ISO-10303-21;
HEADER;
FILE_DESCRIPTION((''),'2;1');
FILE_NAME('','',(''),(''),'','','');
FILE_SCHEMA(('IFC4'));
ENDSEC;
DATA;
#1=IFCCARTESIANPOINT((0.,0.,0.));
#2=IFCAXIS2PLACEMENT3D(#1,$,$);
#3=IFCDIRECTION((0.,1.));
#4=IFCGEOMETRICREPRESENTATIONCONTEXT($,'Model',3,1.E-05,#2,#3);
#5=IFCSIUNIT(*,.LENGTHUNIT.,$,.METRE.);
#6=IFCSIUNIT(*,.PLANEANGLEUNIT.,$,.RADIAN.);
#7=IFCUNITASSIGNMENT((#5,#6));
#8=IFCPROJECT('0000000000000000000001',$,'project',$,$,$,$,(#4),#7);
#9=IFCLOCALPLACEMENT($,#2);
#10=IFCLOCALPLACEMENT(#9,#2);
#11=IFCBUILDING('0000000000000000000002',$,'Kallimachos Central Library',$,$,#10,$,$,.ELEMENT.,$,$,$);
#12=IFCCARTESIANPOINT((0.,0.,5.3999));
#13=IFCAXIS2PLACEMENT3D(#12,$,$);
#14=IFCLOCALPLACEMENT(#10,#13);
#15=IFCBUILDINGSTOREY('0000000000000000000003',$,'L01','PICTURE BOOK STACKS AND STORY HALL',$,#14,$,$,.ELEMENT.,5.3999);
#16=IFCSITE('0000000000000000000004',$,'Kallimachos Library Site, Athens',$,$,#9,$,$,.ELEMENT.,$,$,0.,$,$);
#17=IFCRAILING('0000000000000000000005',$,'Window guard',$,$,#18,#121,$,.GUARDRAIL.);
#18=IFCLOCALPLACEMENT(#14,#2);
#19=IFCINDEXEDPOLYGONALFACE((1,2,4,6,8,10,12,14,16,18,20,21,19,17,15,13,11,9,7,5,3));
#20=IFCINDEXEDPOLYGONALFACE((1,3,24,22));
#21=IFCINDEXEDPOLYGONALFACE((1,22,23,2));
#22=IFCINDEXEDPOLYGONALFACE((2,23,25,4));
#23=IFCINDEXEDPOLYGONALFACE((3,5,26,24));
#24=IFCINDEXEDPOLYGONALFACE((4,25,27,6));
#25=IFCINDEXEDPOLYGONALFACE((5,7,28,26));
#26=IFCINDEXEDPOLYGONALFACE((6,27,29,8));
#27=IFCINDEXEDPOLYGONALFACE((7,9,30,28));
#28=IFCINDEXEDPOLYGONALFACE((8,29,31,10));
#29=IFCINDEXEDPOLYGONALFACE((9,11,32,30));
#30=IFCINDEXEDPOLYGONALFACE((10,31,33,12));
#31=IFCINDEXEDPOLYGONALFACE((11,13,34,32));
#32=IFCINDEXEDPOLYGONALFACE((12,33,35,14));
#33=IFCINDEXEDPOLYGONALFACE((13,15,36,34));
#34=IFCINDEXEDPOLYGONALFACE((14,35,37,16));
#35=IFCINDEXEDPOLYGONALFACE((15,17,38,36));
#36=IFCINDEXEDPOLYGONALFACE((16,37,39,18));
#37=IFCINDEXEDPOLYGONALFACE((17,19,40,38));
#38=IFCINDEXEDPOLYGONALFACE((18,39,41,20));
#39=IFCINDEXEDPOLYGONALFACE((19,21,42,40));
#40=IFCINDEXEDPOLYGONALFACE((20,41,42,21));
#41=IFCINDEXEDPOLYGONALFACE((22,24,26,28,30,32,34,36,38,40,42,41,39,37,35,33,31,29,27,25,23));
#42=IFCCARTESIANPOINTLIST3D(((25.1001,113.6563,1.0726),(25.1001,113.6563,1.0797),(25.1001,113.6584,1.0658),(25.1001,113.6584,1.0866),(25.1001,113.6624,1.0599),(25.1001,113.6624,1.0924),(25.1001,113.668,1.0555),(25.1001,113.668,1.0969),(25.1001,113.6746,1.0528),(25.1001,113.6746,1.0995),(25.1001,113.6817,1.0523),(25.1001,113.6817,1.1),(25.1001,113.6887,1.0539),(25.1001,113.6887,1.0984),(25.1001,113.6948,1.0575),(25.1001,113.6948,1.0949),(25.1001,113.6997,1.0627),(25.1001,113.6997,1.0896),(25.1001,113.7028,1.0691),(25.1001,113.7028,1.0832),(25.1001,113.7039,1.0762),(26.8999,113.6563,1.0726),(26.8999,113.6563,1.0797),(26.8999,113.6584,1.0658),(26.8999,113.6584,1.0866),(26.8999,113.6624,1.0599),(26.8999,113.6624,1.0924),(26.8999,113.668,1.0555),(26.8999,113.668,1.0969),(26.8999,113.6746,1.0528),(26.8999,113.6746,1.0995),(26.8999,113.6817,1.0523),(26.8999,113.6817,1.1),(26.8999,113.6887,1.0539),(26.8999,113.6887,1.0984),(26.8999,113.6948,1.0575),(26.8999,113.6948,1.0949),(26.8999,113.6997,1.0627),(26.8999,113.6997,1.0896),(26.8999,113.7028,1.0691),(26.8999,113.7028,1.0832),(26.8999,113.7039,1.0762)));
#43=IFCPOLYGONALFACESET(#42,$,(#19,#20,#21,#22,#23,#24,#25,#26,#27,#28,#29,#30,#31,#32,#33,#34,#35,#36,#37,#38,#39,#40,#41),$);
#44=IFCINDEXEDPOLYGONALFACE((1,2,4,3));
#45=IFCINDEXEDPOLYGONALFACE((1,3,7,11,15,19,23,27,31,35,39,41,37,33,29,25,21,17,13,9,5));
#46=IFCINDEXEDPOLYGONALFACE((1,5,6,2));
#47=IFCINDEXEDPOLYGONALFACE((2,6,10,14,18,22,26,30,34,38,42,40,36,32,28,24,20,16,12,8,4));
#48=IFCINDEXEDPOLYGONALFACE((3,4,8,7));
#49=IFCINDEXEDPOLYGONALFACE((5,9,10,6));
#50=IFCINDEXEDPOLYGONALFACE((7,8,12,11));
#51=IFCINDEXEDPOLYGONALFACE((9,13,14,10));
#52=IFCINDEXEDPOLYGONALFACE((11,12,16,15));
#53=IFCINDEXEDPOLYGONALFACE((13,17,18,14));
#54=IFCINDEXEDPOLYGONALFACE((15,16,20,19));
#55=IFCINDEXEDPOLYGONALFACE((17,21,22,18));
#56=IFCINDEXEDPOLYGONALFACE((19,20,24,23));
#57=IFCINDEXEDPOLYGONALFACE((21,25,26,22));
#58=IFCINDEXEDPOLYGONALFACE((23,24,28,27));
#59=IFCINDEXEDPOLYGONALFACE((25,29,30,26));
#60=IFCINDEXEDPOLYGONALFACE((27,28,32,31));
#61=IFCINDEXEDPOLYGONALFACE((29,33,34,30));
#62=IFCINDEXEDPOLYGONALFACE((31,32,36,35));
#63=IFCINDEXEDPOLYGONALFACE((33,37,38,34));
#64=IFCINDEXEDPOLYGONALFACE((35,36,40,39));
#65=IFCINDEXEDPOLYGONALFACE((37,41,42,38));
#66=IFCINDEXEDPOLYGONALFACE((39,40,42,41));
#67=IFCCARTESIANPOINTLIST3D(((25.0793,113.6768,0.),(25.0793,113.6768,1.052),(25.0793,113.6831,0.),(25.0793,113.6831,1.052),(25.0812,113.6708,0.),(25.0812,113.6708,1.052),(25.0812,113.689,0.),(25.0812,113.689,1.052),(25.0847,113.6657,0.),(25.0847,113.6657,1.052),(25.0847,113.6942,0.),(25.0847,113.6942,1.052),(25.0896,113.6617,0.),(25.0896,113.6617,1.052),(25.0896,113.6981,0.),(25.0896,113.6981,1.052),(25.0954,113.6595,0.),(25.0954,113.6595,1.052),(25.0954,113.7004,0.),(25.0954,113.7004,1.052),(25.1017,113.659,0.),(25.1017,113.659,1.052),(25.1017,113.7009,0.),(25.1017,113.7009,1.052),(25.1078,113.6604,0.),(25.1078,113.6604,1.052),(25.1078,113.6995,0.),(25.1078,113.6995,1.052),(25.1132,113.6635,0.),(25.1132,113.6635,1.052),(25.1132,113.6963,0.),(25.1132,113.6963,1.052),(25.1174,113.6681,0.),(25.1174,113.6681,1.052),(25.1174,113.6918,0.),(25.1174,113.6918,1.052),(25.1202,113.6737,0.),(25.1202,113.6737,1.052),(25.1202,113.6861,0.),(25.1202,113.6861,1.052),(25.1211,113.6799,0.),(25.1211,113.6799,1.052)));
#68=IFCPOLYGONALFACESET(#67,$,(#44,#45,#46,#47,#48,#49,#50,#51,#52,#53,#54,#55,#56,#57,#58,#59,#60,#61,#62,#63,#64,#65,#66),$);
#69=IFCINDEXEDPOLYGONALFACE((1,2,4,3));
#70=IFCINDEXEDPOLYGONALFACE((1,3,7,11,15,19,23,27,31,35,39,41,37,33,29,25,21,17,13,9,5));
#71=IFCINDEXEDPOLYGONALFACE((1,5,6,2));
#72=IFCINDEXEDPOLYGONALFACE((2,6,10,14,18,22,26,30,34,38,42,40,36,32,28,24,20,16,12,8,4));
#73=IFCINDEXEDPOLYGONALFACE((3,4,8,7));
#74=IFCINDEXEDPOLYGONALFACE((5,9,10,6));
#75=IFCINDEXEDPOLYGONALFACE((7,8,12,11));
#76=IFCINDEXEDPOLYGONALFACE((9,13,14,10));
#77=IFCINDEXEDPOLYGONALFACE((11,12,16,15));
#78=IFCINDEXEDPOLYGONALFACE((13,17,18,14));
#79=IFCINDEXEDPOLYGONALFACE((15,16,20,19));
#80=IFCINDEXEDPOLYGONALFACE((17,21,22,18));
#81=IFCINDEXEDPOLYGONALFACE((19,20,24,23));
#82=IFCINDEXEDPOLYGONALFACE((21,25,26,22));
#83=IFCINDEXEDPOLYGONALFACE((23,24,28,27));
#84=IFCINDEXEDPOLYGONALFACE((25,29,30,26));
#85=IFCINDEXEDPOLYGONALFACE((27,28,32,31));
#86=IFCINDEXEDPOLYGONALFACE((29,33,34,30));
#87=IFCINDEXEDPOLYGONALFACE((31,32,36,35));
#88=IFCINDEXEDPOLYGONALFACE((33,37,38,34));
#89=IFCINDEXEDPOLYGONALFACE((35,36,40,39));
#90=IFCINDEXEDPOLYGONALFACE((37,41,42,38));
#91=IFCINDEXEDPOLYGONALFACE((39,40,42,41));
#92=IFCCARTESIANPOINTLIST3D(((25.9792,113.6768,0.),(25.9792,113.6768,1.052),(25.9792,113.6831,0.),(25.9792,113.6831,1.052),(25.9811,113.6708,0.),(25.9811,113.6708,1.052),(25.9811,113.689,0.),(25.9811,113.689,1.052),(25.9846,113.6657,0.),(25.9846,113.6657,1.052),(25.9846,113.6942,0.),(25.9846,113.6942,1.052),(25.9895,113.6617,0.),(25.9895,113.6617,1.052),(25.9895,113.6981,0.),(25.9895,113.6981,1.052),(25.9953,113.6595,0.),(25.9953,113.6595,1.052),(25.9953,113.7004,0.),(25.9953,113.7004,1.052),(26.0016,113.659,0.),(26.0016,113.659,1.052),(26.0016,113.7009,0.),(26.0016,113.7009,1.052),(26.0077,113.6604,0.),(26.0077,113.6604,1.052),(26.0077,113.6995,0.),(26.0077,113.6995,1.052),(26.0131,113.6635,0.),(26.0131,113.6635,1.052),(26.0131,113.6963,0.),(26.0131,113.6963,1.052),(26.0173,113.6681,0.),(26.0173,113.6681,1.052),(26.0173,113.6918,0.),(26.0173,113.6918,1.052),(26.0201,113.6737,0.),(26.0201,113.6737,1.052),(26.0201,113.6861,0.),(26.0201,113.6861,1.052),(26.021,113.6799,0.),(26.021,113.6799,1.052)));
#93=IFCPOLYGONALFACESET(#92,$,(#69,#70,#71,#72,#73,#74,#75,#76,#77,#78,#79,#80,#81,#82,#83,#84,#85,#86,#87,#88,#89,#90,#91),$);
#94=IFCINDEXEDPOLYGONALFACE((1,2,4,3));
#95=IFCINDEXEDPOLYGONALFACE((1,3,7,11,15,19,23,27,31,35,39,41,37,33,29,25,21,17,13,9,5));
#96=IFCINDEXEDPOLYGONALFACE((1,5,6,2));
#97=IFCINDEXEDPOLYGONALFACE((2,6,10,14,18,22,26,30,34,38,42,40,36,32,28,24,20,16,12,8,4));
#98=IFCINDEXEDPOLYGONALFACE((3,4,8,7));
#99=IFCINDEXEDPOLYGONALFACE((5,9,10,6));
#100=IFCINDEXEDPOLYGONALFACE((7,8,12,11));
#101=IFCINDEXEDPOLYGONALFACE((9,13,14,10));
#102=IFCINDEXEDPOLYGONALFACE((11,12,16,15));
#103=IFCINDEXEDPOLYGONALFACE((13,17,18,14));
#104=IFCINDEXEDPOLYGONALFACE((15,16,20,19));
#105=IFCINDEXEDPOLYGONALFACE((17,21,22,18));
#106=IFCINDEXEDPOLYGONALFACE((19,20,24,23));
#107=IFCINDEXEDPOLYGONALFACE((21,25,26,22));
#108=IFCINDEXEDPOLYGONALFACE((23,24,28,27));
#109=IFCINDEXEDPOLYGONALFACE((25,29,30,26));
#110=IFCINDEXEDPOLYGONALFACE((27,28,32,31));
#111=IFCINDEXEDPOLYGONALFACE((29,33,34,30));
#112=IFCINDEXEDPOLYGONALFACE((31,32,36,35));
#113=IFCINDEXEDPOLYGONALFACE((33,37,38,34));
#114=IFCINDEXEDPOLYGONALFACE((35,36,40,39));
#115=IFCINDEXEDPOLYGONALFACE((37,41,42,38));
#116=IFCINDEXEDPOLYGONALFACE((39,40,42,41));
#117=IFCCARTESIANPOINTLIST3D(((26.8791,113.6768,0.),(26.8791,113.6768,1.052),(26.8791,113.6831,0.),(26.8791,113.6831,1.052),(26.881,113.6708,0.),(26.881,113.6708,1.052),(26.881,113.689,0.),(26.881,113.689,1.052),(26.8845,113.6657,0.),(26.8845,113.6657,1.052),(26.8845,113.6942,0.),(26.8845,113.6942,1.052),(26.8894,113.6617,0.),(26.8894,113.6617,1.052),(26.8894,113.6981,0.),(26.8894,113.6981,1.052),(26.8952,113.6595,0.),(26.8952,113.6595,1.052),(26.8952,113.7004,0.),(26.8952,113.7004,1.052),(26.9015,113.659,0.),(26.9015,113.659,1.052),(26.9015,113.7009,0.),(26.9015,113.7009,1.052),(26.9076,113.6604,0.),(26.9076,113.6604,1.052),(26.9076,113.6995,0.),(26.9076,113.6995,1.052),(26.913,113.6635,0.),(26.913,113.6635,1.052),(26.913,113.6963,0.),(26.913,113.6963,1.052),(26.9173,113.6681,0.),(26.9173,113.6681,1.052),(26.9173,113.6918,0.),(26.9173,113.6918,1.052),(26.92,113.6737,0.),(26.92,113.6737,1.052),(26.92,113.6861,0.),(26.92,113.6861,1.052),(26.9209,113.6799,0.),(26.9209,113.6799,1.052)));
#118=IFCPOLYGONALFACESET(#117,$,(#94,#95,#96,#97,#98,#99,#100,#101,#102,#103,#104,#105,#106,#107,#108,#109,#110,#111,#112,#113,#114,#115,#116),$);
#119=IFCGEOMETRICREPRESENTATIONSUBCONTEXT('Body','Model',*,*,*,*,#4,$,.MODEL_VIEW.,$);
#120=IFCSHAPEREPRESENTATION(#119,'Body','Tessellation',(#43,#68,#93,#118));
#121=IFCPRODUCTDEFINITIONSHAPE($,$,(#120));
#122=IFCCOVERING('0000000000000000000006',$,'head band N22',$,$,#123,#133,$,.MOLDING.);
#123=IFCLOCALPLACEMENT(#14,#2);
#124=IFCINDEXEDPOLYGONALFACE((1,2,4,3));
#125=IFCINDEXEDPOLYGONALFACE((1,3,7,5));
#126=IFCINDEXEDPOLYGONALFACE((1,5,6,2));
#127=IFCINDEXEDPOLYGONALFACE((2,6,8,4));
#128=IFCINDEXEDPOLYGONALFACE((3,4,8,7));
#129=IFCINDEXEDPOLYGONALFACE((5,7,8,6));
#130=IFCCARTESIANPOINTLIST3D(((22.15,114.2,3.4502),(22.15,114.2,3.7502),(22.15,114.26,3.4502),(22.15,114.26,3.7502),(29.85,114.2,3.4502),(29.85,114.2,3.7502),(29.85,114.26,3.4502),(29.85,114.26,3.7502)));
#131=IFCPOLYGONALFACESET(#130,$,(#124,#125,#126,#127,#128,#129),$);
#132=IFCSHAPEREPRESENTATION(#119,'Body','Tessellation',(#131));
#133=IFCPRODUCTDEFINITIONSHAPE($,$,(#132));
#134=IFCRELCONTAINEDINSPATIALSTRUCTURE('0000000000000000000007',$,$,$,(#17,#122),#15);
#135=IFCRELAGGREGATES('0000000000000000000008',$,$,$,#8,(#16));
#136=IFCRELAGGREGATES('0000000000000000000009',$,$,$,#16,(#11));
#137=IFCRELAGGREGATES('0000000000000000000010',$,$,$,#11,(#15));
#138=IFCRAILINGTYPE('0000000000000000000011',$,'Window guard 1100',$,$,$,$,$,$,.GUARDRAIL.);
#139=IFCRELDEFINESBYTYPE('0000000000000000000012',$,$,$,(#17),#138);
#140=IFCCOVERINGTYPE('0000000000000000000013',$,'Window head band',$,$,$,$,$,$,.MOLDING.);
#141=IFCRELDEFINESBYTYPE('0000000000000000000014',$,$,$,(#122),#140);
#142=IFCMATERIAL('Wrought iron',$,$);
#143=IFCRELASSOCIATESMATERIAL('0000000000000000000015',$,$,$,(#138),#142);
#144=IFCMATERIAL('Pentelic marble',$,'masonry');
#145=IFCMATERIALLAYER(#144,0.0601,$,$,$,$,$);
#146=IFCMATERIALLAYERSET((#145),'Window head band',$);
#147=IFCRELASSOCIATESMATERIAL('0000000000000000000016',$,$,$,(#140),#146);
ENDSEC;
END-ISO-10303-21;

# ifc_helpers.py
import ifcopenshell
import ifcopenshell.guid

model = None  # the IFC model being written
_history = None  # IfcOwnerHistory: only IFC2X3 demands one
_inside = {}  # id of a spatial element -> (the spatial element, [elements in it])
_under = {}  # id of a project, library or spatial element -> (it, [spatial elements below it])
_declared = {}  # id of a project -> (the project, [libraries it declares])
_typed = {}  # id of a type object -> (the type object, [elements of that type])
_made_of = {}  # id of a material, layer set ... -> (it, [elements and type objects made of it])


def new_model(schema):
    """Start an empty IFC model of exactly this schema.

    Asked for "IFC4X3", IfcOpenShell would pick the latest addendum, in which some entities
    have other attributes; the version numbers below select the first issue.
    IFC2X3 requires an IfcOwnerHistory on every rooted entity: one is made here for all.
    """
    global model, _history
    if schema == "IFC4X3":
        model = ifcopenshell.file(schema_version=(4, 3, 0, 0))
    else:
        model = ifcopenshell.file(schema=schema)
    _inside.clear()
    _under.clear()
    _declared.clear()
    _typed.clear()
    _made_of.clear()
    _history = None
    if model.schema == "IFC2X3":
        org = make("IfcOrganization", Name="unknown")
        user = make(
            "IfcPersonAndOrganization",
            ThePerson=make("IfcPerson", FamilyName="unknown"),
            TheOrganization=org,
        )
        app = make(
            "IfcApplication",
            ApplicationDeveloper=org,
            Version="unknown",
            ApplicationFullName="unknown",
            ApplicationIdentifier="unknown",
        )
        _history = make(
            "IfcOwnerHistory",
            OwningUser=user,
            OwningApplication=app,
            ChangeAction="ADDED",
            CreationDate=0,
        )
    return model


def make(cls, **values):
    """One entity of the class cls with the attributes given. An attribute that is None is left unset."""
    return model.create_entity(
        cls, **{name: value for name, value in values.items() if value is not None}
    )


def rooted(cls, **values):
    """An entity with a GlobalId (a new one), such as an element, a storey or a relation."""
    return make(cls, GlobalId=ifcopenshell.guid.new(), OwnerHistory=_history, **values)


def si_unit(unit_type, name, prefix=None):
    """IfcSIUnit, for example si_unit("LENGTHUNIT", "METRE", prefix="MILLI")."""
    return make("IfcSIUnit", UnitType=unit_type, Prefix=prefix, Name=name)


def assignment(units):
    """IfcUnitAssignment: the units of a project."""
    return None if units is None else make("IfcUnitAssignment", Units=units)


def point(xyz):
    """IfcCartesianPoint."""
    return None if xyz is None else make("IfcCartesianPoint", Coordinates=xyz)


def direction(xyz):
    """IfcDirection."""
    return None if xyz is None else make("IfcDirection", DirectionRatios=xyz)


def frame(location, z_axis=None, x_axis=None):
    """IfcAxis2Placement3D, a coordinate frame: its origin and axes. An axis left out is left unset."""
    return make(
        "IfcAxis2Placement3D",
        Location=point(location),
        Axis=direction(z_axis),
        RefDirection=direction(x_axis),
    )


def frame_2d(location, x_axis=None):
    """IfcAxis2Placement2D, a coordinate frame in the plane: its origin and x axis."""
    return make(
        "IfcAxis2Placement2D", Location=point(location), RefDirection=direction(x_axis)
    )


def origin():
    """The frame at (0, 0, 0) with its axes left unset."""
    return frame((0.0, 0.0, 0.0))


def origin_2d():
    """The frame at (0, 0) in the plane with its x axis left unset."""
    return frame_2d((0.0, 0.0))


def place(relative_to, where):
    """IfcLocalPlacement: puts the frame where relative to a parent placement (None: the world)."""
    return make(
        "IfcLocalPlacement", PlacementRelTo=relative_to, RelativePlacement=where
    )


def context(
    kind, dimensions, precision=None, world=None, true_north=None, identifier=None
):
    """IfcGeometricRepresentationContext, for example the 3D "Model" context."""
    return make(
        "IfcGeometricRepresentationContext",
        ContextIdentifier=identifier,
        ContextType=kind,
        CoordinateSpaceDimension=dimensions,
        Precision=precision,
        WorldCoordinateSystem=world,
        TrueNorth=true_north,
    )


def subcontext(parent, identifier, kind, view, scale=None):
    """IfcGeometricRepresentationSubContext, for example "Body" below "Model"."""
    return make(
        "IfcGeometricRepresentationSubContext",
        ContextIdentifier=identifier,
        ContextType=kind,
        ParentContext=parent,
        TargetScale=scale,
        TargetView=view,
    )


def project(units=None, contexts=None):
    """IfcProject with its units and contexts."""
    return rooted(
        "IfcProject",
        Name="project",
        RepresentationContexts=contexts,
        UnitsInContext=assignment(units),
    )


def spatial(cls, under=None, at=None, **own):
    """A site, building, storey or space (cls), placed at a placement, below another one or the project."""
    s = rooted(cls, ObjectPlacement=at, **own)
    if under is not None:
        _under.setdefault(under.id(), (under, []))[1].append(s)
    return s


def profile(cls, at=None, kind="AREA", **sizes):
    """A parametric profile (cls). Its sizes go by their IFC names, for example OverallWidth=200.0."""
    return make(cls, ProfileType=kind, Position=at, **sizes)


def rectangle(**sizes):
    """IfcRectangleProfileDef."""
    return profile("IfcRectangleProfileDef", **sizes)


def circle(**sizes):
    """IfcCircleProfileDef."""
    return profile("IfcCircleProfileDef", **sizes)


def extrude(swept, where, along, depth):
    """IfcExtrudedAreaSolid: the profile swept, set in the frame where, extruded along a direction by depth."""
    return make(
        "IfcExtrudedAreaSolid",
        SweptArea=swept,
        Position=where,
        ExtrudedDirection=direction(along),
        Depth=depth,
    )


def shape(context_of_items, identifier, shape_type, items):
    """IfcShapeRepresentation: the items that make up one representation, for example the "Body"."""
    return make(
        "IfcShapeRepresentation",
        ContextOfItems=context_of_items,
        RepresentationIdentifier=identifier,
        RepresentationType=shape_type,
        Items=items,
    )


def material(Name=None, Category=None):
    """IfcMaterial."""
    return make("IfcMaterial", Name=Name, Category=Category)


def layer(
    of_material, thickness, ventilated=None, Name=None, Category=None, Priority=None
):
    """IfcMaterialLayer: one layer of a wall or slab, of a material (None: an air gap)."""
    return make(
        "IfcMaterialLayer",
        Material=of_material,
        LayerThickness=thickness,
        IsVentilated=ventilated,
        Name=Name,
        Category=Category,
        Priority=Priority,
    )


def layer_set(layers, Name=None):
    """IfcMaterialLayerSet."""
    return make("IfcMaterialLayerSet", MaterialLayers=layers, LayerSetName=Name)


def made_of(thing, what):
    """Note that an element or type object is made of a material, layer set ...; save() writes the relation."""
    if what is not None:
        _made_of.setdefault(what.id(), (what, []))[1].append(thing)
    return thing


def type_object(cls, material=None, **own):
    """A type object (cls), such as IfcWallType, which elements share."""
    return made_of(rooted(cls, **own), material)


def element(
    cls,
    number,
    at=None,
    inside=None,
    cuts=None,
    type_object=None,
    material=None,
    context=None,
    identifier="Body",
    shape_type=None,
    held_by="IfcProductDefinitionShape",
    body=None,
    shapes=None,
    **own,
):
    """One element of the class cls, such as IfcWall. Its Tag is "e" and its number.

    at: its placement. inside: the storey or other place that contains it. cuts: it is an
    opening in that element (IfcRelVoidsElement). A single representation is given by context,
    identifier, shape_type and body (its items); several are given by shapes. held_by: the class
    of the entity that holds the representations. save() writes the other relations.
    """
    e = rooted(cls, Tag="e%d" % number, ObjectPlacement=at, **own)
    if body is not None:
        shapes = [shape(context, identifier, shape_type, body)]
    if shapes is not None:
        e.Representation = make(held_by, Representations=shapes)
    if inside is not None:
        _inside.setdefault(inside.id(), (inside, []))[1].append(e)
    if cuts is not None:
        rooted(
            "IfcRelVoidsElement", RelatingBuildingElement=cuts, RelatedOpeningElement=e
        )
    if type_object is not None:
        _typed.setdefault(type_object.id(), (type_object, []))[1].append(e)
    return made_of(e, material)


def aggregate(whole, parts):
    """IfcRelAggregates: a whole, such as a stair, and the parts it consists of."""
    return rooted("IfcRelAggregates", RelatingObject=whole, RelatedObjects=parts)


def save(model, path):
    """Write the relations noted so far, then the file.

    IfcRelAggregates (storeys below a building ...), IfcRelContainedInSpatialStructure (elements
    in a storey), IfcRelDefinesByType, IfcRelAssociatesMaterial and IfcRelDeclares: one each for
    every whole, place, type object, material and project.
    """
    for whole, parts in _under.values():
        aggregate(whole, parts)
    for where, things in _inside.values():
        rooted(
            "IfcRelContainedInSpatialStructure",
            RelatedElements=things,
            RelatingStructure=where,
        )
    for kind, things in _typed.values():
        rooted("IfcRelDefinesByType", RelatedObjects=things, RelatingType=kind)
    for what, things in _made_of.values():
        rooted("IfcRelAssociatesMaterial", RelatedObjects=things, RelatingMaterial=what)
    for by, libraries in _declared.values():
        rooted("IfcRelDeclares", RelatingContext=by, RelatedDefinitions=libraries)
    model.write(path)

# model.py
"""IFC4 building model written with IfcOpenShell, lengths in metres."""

from ifc_helpers import new_model, si_unit, direction, frame, origin, origin_2d, place, context, subcontext, project, spatial, rectangle, circle, extrude, material, layer, layer_set, type_object, element, save


model = new_model("IFC4")

# Units and contexts
model_context = context("Model", 3, precision=1e-05, world=origin(), true_north=direction((0.0, 1.0)))
body_context = subcontext(model_context, "Body", "Model", "MODEL_VIEW")
ifc_project = project(units=[si_unit("LENGTHUNIT", "METRE"), si_unit("PLANEANGLEUNIT", "RADIAN")], contexts=[model_context])

# Site, building, storey
site_placement = place(None, origin())
site = spatial("IfcSite", under=ifc_project, at=site_placement, Name="Kallimachos Library Site, Athens", CompositionType="ELEMENT", RefElevation=0.0)
building_placement = place(site_placement, origin())
building = spatial("IfcBuilding", under=site, at=building_placement, Name="Kallimachos Central Library", CompositionType="ELEMENT")
storey_placement = place(building_placement, frame((0.0, 0.0, 5.3999)))
storey = spatial("IfcBuildingStorey", under=building, at=storey_placement, Name="L01", Description="PICTURE BOOK STACKS AND STORY HALL", CompositionType="ELEMENT", Elevation=5.3999)

# Railing
ifc_material_1 = material(Name="Wrought iron")
railing_type = type_object("IfcRailingType", Name="Window guard 1100", PredefinedType="GUARDRAIL", material=ifc_material_1)
for number, where, name in (
    (1, (25.1001, 113.6799, 0.0), "Window guard"),
):
    element("IfcRailing", number, at=place(storey_placement, frame(where)), inside=storey, type_object=railing_type, Name=name, PredefinedType="GUARDRAIL", context=body_context, shape_type="SweptSolid", body=[
        extrude(circle(Radius=0.0239, at=origin_2d()), frame((0.0, 0.0, 1.0762), z_axis=(1.0, 0.0, 0.0), x_axis=(0.0, 1.0, 0.0)), (0.0, 0.0, 1.0), 1.7998),
        extrude(circle(Radius=0.021, at=origin_2d()), origin(), (0.0, 0.0, 1.0), 1.052),
        extrude(circle(Radius=0.021, at=origin_2d()), frame((0.8999, 0.0, 0.0)), (0.0, 0.0, 1.0), 1.052),
        extrude(circle(Radius=0.021, at=origin_2d()), frame((1.7998, 0.0, 0.0)), (0.0, 0.0, 1.0), 1.052),
    ])

# Covering
ifc_material_2 = material(Name="Pentelic marble", Category="masonry")
ifc_layer_1 = layer(ifc_material_2, 0.0601)
ifc_layer_set_1 = layer_set([ifc_layer_1], Name="Window head band")
covering_type_1 = type_object("IfcCoveringType", Name="Window head band", PredefinedType="MOLDING", material=ifc_layer_set_1)
covering_1_placement = place(storey_placement, frame((26.0, 114.23, 3.4502), z_axis=(0.0, 0.0, 1.0), x_axis=(1.0, 0.0, 0.0)))
element("IfcCovering", 2, at=covering_1_placement, inside=storey, type_object=covering_type_1, Name="head band N22", PredefinedType="MOLDING", context=body_context, shape_type="SweptSolid", body=[
    extrude(rectangle(XDim=7.7, YDim=0.0601, at=origin_2d()), origin(), (0.0, 0.0, 1.0), 0.3),
])

save(model, "model.ifc")
